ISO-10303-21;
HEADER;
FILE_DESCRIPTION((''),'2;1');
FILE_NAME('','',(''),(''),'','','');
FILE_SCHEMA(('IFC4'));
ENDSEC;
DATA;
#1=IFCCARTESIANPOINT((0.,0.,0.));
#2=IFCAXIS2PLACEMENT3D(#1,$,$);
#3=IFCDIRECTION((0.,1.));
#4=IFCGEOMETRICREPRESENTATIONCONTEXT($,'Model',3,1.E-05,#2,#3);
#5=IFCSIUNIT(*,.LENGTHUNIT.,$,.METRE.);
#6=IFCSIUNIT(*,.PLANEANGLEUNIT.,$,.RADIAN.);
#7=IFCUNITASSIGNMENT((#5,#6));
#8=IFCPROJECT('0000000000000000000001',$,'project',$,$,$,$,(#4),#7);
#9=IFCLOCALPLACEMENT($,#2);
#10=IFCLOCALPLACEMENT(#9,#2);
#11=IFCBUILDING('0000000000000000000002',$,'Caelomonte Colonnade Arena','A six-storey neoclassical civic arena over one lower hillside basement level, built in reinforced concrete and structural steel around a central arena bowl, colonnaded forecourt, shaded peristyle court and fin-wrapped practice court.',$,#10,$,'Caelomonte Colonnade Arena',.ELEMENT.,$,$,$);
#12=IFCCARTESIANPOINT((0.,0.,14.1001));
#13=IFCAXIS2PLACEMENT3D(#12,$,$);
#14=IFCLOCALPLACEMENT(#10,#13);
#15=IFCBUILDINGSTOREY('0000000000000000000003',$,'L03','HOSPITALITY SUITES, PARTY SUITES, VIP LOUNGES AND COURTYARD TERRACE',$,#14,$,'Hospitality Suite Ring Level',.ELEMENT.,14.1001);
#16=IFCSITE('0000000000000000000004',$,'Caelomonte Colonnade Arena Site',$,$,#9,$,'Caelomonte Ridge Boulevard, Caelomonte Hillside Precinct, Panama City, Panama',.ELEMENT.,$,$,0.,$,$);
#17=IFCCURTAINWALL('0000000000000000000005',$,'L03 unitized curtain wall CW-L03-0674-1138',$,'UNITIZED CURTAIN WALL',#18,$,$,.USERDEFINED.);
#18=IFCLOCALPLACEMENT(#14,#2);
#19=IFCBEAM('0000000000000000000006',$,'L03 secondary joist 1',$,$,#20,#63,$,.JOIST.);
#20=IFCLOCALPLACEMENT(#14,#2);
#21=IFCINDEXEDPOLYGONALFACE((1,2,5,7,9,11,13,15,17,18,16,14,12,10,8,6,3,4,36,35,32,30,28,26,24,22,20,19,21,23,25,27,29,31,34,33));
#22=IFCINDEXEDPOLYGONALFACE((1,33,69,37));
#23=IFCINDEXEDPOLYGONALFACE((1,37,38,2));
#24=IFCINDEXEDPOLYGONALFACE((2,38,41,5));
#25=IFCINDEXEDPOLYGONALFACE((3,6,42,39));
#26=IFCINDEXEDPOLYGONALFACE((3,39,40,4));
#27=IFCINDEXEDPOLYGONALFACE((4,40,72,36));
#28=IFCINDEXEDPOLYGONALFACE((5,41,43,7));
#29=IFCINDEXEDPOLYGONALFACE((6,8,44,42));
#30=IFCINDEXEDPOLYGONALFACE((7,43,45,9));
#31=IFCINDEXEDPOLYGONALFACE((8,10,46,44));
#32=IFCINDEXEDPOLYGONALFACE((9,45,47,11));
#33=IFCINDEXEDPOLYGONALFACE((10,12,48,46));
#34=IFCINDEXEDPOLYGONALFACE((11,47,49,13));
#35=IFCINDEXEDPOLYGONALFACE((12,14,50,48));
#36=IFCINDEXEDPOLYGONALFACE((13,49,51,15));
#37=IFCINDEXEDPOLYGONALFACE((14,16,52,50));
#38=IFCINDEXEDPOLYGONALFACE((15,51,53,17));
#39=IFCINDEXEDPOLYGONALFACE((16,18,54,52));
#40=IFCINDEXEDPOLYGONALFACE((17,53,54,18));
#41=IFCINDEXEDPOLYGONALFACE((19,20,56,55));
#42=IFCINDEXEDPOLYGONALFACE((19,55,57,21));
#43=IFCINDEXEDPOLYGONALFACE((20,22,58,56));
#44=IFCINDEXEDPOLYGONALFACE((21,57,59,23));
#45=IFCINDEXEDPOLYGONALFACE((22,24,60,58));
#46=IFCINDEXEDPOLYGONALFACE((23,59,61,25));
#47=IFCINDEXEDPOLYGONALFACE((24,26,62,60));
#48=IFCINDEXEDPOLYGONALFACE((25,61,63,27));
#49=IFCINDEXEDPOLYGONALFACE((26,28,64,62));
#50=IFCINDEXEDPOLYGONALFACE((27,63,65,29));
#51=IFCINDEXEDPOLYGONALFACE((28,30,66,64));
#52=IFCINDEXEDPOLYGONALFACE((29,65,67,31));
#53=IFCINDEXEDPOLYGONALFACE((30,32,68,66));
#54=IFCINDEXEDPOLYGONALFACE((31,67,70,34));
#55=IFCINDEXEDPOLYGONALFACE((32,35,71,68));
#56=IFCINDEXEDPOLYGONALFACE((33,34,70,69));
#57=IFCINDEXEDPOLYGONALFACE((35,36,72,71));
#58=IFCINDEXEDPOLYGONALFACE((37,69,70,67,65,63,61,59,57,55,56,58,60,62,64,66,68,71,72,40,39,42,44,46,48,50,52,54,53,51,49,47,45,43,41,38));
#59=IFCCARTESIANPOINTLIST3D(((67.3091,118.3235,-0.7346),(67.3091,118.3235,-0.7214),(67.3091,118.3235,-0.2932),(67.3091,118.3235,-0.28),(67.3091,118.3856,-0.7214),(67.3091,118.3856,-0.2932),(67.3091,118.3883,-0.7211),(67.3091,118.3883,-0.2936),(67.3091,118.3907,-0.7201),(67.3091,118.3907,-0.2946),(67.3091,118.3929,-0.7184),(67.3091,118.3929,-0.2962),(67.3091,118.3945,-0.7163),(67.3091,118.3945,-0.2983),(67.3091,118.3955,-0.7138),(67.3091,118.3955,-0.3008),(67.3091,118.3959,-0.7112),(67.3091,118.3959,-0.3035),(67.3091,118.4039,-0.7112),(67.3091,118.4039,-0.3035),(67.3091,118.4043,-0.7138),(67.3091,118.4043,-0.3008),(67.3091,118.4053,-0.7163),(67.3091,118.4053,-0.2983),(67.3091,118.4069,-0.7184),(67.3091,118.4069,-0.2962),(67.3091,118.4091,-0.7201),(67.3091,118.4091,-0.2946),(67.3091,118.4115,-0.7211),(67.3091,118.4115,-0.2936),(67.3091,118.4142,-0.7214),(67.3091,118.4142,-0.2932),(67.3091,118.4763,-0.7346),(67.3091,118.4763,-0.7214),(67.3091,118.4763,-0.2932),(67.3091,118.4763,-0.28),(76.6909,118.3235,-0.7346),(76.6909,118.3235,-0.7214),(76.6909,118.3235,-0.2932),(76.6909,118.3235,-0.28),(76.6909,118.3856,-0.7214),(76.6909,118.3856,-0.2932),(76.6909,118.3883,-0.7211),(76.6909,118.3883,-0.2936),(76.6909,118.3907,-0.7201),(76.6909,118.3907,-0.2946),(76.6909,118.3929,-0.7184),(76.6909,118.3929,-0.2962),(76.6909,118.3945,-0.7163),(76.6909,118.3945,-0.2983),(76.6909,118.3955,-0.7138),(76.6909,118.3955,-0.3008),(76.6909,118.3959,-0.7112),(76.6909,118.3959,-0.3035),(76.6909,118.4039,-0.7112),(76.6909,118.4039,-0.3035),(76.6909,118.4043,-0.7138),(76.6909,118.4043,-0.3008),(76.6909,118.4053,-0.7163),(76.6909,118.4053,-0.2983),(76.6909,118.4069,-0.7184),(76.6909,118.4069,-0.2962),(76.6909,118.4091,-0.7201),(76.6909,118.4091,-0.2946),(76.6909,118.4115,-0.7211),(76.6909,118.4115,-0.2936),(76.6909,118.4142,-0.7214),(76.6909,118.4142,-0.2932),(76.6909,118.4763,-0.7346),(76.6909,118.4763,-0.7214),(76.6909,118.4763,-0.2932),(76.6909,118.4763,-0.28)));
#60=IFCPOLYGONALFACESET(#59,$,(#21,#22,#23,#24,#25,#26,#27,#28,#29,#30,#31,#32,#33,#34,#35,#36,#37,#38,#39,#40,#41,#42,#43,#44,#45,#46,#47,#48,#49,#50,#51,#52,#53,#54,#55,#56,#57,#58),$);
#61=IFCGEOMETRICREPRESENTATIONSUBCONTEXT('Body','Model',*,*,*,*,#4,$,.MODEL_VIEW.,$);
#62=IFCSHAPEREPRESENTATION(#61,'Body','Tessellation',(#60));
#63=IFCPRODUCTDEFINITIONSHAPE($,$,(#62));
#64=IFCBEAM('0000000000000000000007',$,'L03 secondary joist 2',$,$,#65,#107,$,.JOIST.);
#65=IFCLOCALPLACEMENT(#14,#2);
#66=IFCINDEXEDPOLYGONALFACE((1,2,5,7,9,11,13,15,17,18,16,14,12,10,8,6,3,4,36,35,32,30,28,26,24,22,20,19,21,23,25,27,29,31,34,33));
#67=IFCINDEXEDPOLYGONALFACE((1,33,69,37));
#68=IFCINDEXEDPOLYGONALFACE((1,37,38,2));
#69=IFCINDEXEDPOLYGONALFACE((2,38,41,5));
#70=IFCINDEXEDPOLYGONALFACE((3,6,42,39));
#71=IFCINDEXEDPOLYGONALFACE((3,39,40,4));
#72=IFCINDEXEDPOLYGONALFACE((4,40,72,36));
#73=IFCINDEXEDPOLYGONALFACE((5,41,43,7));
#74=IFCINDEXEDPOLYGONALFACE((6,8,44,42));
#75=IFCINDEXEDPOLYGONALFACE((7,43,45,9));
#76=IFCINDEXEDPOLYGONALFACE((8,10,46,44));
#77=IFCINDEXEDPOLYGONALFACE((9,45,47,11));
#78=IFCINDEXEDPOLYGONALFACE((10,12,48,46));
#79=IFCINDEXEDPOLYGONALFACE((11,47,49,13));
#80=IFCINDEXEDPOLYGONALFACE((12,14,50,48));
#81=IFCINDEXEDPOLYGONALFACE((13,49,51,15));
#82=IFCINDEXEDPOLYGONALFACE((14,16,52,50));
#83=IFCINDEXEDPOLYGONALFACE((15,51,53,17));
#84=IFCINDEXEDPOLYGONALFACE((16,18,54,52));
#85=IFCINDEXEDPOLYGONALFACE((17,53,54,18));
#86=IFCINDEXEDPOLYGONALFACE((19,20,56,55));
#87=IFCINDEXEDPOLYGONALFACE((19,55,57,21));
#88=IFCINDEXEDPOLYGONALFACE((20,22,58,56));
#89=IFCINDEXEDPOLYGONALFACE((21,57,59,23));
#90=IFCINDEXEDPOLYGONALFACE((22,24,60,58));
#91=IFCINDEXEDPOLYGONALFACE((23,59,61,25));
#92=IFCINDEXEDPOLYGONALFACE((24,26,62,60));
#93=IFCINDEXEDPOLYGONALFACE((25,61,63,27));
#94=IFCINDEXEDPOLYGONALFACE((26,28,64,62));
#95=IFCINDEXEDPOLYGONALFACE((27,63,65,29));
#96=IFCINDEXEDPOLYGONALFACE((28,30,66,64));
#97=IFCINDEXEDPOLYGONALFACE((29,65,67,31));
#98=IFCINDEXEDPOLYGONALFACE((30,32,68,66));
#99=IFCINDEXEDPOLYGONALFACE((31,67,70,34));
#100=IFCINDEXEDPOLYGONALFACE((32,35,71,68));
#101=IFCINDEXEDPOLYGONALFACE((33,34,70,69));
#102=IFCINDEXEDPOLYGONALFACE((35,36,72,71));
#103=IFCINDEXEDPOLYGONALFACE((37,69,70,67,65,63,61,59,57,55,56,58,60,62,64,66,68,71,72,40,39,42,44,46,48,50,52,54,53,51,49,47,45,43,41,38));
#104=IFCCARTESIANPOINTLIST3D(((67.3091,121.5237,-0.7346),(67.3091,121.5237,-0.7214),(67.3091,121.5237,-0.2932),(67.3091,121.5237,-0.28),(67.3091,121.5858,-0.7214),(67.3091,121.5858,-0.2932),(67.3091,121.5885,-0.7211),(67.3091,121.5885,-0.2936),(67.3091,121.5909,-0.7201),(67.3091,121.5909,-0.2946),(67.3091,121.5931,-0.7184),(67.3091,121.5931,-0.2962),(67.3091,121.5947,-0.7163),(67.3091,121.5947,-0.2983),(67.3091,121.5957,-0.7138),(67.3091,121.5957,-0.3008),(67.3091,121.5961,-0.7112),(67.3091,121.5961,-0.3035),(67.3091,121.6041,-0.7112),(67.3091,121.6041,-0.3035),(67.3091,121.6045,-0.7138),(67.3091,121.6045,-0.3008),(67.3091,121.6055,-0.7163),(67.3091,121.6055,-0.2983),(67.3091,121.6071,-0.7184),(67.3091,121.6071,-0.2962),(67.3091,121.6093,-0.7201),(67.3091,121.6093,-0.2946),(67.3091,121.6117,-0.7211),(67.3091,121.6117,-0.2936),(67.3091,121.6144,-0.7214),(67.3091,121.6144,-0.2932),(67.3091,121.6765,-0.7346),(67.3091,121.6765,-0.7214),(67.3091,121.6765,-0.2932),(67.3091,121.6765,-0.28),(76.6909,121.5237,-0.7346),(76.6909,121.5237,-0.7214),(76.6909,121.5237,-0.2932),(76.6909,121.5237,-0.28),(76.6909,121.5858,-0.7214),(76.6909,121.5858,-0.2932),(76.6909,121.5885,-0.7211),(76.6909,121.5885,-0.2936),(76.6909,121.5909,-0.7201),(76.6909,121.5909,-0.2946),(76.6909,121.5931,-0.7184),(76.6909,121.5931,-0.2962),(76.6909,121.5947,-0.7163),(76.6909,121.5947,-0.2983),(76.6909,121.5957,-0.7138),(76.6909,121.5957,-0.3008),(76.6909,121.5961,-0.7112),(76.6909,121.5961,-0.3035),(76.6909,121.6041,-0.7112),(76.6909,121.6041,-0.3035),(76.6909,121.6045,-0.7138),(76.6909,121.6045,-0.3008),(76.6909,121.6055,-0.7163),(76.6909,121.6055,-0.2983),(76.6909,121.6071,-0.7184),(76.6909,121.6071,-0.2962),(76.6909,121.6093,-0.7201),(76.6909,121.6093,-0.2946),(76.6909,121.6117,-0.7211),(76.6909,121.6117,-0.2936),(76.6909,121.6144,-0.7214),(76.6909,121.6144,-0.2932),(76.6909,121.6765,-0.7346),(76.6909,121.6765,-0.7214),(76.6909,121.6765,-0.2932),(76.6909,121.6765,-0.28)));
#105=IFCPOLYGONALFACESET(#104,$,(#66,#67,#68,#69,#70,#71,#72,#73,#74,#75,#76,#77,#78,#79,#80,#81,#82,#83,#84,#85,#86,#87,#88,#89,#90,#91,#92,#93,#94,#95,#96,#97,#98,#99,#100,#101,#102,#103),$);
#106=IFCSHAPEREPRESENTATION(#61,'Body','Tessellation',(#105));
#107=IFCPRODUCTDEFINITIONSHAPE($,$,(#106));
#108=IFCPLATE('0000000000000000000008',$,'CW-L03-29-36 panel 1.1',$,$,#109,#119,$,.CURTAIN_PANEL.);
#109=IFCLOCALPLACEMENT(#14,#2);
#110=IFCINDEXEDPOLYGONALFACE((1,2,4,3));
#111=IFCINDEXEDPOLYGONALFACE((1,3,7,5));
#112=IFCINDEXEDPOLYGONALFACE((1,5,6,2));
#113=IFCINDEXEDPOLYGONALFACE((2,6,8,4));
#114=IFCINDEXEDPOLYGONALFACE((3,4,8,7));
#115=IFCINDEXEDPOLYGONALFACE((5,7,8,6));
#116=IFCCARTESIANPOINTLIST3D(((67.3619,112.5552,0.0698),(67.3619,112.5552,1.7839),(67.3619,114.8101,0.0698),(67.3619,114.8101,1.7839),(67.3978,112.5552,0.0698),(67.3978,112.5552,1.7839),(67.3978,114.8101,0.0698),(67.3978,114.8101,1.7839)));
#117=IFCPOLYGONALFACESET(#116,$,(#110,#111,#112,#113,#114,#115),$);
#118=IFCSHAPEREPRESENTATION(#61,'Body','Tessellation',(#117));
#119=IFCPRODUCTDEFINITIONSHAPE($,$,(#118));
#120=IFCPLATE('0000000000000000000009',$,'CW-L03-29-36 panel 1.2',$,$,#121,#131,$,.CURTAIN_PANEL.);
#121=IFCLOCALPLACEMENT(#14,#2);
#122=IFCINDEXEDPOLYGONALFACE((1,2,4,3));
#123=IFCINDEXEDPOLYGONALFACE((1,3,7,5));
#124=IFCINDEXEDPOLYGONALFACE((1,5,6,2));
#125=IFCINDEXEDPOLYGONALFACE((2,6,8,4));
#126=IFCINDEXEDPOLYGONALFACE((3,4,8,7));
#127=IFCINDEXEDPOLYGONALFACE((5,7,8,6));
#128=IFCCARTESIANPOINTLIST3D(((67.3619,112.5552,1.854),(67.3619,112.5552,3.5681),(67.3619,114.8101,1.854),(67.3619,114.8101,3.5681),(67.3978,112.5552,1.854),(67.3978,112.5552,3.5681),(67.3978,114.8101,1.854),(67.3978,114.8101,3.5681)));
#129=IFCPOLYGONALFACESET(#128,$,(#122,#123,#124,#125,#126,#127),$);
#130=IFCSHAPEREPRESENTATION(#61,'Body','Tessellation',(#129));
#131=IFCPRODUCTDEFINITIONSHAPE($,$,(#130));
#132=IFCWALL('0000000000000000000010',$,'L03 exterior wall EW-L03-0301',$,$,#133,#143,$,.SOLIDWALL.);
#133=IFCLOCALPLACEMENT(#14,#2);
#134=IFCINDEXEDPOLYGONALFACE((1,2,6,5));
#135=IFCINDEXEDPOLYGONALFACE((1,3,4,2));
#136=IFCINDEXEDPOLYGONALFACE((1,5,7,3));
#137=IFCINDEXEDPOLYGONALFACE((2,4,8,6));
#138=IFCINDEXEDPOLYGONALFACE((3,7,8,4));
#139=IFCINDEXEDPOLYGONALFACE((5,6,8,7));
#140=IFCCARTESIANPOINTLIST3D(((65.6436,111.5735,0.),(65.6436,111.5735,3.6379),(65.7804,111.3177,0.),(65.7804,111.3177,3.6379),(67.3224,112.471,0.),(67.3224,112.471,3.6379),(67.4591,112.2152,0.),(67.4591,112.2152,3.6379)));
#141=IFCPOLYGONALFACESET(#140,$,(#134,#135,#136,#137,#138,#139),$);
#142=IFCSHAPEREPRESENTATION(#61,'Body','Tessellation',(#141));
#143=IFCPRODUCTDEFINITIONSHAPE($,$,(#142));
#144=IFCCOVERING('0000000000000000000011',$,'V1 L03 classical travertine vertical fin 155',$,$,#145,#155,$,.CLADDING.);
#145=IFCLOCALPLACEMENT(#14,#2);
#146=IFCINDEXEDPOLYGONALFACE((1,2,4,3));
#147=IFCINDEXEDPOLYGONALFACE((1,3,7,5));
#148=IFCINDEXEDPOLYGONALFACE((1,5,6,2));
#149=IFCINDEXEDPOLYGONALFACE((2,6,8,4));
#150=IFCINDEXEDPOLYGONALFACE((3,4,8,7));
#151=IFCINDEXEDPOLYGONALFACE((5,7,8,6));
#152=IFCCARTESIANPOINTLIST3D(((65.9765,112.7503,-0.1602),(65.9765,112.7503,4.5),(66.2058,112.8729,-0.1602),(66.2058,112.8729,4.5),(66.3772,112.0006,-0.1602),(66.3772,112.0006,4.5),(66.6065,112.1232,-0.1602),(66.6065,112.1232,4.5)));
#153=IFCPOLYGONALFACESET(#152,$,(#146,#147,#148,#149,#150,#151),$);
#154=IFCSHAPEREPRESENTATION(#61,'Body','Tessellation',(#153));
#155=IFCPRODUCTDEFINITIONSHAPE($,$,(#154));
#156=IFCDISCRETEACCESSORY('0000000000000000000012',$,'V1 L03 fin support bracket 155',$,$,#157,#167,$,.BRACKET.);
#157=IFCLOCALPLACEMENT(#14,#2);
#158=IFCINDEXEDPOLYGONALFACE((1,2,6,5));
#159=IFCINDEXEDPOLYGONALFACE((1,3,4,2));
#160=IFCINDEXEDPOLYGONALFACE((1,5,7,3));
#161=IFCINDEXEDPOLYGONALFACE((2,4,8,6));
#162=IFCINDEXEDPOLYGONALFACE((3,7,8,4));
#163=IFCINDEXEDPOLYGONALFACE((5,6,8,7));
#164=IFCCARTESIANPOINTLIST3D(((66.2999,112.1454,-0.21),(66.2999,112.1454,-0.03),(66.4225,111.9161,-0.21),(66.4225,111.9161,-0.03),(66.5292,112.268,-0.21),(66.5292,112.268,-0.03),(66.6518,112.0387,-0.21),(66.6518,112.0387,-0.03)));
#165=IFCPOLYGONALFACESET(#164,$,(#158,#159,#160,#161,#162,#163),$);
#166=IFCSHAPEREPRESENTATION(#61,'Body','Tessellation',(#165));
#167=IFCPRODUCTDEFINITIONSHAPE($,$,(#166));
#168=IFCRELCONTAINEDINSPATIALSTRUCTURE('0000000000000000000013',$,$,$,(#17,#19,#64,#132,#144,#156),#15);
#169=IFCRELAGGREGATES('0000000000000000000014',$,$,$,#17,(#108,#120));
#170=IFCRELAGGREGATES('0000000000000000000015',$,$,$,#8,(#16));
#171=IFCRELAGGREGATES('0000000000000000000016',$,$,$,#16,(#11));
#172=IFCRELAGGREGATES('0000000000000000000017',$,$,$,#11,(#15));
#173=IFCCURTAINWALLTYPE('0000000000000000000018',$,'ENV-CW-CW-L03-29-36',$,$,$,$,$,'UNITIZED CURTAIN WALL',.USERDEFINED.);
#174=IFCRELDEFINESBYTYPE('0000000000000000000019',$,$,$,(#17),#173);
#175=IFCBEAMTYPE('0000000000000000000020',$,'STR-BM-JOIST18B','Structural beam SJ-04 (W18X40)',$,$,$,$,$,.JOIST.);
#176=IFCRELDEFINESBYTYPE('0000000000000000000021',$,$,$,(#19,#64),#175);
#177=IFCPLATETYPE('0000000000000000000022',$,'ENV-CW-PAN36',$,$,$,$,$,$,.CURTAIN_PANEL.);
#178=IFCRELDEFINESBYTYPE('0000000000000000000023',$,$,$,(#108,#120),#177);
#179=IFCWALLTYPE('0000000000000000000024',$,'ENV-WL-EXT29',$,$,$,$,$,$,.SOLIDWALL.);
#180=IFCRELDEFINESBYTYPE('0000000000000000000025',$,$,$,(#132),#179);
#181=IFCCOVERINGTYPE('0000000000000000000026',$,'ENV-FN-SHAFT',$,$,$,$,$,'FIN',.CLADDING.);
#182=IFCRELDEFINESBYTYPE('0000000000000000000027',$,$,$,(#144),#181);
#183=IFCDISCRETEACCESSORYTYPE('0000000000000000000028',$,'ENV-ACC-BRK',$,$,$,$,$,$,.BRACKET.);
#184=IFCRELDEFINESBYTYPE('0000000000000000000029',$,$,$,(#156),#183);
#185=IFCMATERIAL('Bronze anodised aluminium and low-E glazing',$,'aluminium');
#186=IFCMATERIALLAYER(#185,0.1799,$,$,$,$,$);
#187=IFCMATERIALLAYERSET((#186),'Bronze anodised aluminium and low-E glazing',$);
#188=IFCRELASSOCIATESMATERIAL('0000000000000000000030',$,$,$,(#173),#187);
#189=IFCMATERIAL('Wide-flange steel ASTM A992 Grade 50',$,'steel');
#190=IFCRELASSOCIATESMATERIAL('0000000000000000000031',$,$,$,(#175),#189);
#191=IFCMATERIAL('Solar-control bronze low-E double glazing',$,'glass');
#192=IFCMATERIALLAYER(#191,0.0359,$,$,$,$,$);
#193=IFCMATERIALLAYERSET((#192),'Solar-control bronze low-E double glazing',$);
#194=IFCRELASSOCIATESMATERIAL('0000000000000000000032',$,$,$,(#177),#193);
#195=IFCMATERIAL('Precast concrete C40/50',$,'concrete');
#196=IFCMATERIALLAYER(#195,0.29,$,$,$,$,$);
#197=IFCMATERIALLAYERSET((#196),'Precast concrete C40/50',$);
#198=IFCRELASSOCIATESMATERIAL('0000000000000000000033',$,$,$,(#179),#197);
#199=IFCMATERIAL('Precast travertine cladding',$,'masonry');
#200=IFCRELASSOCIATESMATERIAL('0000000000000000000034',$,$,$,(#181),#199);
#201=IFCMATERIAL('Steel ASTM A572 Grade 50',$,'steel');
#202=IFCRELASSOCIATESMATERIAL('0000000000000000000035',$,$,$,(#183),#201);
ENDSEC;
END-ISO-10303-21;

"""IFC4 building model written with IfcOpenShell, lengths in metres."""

from ifc_helpers import new_model, si_unit, direction, frame, frame_2d, origin, origin_2d, place, context, subcontext, project, spatial, rectangle, i_section, extrude, material, layer, layer_set, material_profile, profile_set, type_object, element, aggregate, save


model = new_model("IFC4")

# Units and contexts
model_context = context("Model", 3, precision=1e-05, world=origin(), true_north=direction((0.0, 1.0)))
body_context = subcontext(model_context, "Body", "Model", "MODEL_VIEW")
ifc_project = project(units=[si_unit("LENGTHUNIT", "METRE"), si_unit("PLANEANGLEUNIT", "RADIAN")], contexts=[model_context])

# Site, building, storey
site_placement = place(None, origin())
site = spatial("IfcSite", under=ifc_project, at=site_placement, Name="Caelomonte Colonnade Arena Site", LongName="Caelomonte Ridge Boulevard, Caelomonte Hillside Precinct, Panama City, Panama", CompositionType="ELEMENT", RefElevation=0.0)
building_placement = place(site_placement, origin())
building = spatial("IfcBuilding", under=site, at=building_placement, Name="Caelomonte Colonnade Arena", Description="A six-storey neoclassical civic arena over one lower hillside basement level, built in reinforced concrete and structural steel around a central arena bowl, colonnaded forecourt, shaded peristyle court and fin-wrapped practice court.", LongName="Caelomonte Colonnade Arena", CompositionType="ELEMENT")
storey_placement = place(building_placement, frame((0.0, 0.0, 14.1001)))
storey = spatial("IfcBuildingStorey", under=building, at=storey_placement, Name="L03", Description="HOSPITALITY SUITES, PARTY SUITES, VIP LOUNGES AND COURTYARD TERRACE", LongName="Hospitality Suite Ring Level", CompositionType="ELEMENT", Elevation=14.1001)

# Shared definitions
ifc_material_1 = material(Name="Wide-flange steel ASTM A992 Grade 50", Category="steel")

# Curtain wall
ifc_material_2 = material(Name="Bronze anodised aluminium and low-E glazing", Category="aluminium")
ifc_layer_1 = layer(ifc_material_2, 0.1799)
ifc_layer_set_1 = layer_set([ifc_layer_1], Name="Bronze anodised aluminium and low-E glazing")
curtain_wall_type = type_object("IfcCurtainWallType", Name="ENV-CW-CW-L03-29-36", ElementType="UNITIZED CURTAIN WALL", PredefinedType="USERDEFINED", material=ifc_layer_set_1)
curtain_wall_placement = place(storey_placement, origin())
curtain_wall = element("IfcCurtainWall", 1, at=curtain_wall_placement, inside=storey, type_object=curtain_wall_type, Name="L03 unitized curtain wall CW-L03-0674-1138", ObjectType="UNITIZED CURTAIN WALL", PredefinedType="USERDEFINED")

# Beams
ifc_material_profile_1 = material_profile(ifc_material_1, i_section(OverallWidth=0.1528, OverallDepth=0.4546, WebThickness=0.0081, FlangeThickness=0.0132, FilletRadius=0.0103, at=origin_2d()), Name="W18X40")
ifc_profile_set_1 = profile_set([ifc_material_profile_1], Name="Wide-flange steel ASTM A992 Grade 50")
beam_type_1 = type_object("IfcBeamType", Name="STR-BM-JOIST18B", Description="Structural beam SJ-04 (W18X40)", PredefinedType="JOIST", material=ifc_profile_set_1)
for number, where, z_axis, x_axis, name in (
    (2, (67.3091, 118.3999, -0.5073), (1.0, 0.0, 0.0), (0.0, 1.0, 0.0), "L03 secondary joist 1"),
    (3, (67.3091, 121.6001, -0.5073), (1.0, 0.0, 0.0), (0.0, 1.0, 0.0), "L03 secondary joist 2"),
):
    element("IfcBeam", number, at=place(storey_placement, frame(where, z_axis=z_axis, x_axis=x_axis)), inside=storey, type_object=beam_type_1, Name=name, PredefinedType="JOIST", context=body_context, shape_type="SweptSolid", body=[
        extrude(i_section(OverallWidth=0.1528, OverallDepth=0.4546, WebThickness=0.0081, FlangeThickness=0.0132, FilletRadius=0.0103, at=origin_2d()), origin(), (0.0, 0.0, 1.0), 9.3818),
    ])

# Plates
ifc_material_3 = material(Name="Solar-control bronze low-E double glazing", Category="glass")
ifc_layer_2 = layer(ifc_material_3, 0.0359)
ifc_layer_set_2 = layer_set([ifc_layer_2], Name="Solar-control bronze low-E double glazing")
plate_type = type_object("IfcPlateType", Name="ENV-CW-PAN36", PredefinedType="CURTAIN_PANEL", material=ifc_layer_set_2)
plate_1_placement = place(storey_placement, frame((67.3799, 113.6826, 0.0698), z_axis=(0.0, 0.0, 1.0), x_axis=(0.0, -1.0, 0.0)))
plate_1 = element("IfcPlate", 4, at=plate_1_placement, type_object=plate_type, Name="CW-L03-29-36 panel 1.1", PredefinedType="CURTAIN_PANEL", context=body_context, shape_type="SweptSolid", body=[
    extrude(rectangle(XDim=2.2549, YDim=0.0359, at=origin_2d()), origin(), (0.0, 0.0, 1.0), 1.7141),
])
plate_2_placement = place(storey_placement, frame((67.3799, 113.6826, 1.854), z_axis=(0.0, 0.0, 1.0), x_axis=(0.0, -1.0, 0.0)))
plate_2 = element("IfcPlate", 5, at=plate_2_placement, type_object=plate_type, Name="CW-L03-29-36 panel 1.2", PredefinedType="CURTAIN_PANEL", context=body_context, shape_type="SweptSolid", body=[
    extrude(rectangle(XDim=2.2549, YDim=0.0359, at=origin_2d()), origin(), (0.0, 0.0, 1.0), 1.7141),
])
aggregate(curtain_wall, [plate_1, plate_2])

# Wall
ifc_material_4 = material(Name="Precast concrete C40/50", Category="concrete")
ifc_layer_3 = layer(ifc_material_4, 0.29)
ifc_layer_set_3 = layer_set([ifc_layer_3], Name="Precast concrete C40/50")
wall_type = type_object("IfcWallType", Name="ENV-WL-EXT29", PredefinedType="SOLIDWALL", material=ifc_layer_set_3)
wall_placement = place(storey_placement, frame((67.3906, 112.343, 0.0), z_axis=(0.0, 0.0, 1.0), x_axis=(-0.881884, -0.471467, 0.0)))
element("IfcWall", 6, at=wall_placement, inside=storey, type_object=wall_type, Name="L03 exterior wall EW-L03-0301", PredefinedType="SOLIDWALL", context=body_context, shape_type="SweptSolid", body=[
    extrude(rectangle(XDim=1.9036, YDim=0.29, at=frame_2d((0.9517, 0.0))), origin(), (0.0, 0.0, 1.0), 3.6379),
])

# Covering
ifc_material_5 = material(Name="Precast travertine cladding", Category="masonry")
ifc_material_profile_2 = material_profile(ifc_material_5, rectangle(XDim=0.26, YDim=0.8501, at=origin_2d()), Name="FIN260X850")
ifc_profile_set_2 = profile_set([ifc_material_profile_2], Name="Precast travertine cladding")
covering_type = type_object("IfcCoveringType", Name="ENV-FN-SHAFT", ElementType="FIN", PredefinedType="CLADDING", material=ifc_profile_set_2)
covering_placement = place(storey_placement, frame((66.2915, 112.4368, -0.1602), z_axis=(0.0, 0.0, 1.0), x_axis=(0.881921, 0.471397, 0.0)))
element("IfcCovering", 7, at=covering_placement, inside=storey, type_object=covering_type, Name="V1 L03 classical travertine vertical fin 155", PredefinedType="CLADDING", context=body_context, shape_type="SweptSolid", body=[
    extrude(rectangle(XDim=0.26, YDim=0.8501, at=origin_2d()), origin(), (0.0, 0.0, 1.0), 4.6602),
])

# Discrete accessory
ifc_material_6 = material(Name="Steel ASTM A572 Grade 50", Category="steel")
discrete_accessory_type = type_object("IfcDiscreteAccessoryType", Name="ENV-ACC-BRK", PredefinedType="BRACKET", material=ifc_material_6)
discrete_accessory_placement = place(storey_placement, frame((66.4758, 112.092, -0.21), z_axis=(0.0, 0.0, 1.0), x_axis=(-0.881921, -0.471397, 0.0)))
element("IfcDiscreteAccessory", 8, at=discrete_accessory_placement, inside=storey, type_object=discrete_accessory_type, Name="V1 L03 fin support bracket 155", PredefinedType="BRACKET", context=body_context, shape_type="SweptSolid", body=[
    extrude(rectangle(XDim=0.26, YDim=0.26, at=origin_2d()), origin(), (0.0, 0.0, 1.0), 0.1799),
])

save(model, "model.ifc")
